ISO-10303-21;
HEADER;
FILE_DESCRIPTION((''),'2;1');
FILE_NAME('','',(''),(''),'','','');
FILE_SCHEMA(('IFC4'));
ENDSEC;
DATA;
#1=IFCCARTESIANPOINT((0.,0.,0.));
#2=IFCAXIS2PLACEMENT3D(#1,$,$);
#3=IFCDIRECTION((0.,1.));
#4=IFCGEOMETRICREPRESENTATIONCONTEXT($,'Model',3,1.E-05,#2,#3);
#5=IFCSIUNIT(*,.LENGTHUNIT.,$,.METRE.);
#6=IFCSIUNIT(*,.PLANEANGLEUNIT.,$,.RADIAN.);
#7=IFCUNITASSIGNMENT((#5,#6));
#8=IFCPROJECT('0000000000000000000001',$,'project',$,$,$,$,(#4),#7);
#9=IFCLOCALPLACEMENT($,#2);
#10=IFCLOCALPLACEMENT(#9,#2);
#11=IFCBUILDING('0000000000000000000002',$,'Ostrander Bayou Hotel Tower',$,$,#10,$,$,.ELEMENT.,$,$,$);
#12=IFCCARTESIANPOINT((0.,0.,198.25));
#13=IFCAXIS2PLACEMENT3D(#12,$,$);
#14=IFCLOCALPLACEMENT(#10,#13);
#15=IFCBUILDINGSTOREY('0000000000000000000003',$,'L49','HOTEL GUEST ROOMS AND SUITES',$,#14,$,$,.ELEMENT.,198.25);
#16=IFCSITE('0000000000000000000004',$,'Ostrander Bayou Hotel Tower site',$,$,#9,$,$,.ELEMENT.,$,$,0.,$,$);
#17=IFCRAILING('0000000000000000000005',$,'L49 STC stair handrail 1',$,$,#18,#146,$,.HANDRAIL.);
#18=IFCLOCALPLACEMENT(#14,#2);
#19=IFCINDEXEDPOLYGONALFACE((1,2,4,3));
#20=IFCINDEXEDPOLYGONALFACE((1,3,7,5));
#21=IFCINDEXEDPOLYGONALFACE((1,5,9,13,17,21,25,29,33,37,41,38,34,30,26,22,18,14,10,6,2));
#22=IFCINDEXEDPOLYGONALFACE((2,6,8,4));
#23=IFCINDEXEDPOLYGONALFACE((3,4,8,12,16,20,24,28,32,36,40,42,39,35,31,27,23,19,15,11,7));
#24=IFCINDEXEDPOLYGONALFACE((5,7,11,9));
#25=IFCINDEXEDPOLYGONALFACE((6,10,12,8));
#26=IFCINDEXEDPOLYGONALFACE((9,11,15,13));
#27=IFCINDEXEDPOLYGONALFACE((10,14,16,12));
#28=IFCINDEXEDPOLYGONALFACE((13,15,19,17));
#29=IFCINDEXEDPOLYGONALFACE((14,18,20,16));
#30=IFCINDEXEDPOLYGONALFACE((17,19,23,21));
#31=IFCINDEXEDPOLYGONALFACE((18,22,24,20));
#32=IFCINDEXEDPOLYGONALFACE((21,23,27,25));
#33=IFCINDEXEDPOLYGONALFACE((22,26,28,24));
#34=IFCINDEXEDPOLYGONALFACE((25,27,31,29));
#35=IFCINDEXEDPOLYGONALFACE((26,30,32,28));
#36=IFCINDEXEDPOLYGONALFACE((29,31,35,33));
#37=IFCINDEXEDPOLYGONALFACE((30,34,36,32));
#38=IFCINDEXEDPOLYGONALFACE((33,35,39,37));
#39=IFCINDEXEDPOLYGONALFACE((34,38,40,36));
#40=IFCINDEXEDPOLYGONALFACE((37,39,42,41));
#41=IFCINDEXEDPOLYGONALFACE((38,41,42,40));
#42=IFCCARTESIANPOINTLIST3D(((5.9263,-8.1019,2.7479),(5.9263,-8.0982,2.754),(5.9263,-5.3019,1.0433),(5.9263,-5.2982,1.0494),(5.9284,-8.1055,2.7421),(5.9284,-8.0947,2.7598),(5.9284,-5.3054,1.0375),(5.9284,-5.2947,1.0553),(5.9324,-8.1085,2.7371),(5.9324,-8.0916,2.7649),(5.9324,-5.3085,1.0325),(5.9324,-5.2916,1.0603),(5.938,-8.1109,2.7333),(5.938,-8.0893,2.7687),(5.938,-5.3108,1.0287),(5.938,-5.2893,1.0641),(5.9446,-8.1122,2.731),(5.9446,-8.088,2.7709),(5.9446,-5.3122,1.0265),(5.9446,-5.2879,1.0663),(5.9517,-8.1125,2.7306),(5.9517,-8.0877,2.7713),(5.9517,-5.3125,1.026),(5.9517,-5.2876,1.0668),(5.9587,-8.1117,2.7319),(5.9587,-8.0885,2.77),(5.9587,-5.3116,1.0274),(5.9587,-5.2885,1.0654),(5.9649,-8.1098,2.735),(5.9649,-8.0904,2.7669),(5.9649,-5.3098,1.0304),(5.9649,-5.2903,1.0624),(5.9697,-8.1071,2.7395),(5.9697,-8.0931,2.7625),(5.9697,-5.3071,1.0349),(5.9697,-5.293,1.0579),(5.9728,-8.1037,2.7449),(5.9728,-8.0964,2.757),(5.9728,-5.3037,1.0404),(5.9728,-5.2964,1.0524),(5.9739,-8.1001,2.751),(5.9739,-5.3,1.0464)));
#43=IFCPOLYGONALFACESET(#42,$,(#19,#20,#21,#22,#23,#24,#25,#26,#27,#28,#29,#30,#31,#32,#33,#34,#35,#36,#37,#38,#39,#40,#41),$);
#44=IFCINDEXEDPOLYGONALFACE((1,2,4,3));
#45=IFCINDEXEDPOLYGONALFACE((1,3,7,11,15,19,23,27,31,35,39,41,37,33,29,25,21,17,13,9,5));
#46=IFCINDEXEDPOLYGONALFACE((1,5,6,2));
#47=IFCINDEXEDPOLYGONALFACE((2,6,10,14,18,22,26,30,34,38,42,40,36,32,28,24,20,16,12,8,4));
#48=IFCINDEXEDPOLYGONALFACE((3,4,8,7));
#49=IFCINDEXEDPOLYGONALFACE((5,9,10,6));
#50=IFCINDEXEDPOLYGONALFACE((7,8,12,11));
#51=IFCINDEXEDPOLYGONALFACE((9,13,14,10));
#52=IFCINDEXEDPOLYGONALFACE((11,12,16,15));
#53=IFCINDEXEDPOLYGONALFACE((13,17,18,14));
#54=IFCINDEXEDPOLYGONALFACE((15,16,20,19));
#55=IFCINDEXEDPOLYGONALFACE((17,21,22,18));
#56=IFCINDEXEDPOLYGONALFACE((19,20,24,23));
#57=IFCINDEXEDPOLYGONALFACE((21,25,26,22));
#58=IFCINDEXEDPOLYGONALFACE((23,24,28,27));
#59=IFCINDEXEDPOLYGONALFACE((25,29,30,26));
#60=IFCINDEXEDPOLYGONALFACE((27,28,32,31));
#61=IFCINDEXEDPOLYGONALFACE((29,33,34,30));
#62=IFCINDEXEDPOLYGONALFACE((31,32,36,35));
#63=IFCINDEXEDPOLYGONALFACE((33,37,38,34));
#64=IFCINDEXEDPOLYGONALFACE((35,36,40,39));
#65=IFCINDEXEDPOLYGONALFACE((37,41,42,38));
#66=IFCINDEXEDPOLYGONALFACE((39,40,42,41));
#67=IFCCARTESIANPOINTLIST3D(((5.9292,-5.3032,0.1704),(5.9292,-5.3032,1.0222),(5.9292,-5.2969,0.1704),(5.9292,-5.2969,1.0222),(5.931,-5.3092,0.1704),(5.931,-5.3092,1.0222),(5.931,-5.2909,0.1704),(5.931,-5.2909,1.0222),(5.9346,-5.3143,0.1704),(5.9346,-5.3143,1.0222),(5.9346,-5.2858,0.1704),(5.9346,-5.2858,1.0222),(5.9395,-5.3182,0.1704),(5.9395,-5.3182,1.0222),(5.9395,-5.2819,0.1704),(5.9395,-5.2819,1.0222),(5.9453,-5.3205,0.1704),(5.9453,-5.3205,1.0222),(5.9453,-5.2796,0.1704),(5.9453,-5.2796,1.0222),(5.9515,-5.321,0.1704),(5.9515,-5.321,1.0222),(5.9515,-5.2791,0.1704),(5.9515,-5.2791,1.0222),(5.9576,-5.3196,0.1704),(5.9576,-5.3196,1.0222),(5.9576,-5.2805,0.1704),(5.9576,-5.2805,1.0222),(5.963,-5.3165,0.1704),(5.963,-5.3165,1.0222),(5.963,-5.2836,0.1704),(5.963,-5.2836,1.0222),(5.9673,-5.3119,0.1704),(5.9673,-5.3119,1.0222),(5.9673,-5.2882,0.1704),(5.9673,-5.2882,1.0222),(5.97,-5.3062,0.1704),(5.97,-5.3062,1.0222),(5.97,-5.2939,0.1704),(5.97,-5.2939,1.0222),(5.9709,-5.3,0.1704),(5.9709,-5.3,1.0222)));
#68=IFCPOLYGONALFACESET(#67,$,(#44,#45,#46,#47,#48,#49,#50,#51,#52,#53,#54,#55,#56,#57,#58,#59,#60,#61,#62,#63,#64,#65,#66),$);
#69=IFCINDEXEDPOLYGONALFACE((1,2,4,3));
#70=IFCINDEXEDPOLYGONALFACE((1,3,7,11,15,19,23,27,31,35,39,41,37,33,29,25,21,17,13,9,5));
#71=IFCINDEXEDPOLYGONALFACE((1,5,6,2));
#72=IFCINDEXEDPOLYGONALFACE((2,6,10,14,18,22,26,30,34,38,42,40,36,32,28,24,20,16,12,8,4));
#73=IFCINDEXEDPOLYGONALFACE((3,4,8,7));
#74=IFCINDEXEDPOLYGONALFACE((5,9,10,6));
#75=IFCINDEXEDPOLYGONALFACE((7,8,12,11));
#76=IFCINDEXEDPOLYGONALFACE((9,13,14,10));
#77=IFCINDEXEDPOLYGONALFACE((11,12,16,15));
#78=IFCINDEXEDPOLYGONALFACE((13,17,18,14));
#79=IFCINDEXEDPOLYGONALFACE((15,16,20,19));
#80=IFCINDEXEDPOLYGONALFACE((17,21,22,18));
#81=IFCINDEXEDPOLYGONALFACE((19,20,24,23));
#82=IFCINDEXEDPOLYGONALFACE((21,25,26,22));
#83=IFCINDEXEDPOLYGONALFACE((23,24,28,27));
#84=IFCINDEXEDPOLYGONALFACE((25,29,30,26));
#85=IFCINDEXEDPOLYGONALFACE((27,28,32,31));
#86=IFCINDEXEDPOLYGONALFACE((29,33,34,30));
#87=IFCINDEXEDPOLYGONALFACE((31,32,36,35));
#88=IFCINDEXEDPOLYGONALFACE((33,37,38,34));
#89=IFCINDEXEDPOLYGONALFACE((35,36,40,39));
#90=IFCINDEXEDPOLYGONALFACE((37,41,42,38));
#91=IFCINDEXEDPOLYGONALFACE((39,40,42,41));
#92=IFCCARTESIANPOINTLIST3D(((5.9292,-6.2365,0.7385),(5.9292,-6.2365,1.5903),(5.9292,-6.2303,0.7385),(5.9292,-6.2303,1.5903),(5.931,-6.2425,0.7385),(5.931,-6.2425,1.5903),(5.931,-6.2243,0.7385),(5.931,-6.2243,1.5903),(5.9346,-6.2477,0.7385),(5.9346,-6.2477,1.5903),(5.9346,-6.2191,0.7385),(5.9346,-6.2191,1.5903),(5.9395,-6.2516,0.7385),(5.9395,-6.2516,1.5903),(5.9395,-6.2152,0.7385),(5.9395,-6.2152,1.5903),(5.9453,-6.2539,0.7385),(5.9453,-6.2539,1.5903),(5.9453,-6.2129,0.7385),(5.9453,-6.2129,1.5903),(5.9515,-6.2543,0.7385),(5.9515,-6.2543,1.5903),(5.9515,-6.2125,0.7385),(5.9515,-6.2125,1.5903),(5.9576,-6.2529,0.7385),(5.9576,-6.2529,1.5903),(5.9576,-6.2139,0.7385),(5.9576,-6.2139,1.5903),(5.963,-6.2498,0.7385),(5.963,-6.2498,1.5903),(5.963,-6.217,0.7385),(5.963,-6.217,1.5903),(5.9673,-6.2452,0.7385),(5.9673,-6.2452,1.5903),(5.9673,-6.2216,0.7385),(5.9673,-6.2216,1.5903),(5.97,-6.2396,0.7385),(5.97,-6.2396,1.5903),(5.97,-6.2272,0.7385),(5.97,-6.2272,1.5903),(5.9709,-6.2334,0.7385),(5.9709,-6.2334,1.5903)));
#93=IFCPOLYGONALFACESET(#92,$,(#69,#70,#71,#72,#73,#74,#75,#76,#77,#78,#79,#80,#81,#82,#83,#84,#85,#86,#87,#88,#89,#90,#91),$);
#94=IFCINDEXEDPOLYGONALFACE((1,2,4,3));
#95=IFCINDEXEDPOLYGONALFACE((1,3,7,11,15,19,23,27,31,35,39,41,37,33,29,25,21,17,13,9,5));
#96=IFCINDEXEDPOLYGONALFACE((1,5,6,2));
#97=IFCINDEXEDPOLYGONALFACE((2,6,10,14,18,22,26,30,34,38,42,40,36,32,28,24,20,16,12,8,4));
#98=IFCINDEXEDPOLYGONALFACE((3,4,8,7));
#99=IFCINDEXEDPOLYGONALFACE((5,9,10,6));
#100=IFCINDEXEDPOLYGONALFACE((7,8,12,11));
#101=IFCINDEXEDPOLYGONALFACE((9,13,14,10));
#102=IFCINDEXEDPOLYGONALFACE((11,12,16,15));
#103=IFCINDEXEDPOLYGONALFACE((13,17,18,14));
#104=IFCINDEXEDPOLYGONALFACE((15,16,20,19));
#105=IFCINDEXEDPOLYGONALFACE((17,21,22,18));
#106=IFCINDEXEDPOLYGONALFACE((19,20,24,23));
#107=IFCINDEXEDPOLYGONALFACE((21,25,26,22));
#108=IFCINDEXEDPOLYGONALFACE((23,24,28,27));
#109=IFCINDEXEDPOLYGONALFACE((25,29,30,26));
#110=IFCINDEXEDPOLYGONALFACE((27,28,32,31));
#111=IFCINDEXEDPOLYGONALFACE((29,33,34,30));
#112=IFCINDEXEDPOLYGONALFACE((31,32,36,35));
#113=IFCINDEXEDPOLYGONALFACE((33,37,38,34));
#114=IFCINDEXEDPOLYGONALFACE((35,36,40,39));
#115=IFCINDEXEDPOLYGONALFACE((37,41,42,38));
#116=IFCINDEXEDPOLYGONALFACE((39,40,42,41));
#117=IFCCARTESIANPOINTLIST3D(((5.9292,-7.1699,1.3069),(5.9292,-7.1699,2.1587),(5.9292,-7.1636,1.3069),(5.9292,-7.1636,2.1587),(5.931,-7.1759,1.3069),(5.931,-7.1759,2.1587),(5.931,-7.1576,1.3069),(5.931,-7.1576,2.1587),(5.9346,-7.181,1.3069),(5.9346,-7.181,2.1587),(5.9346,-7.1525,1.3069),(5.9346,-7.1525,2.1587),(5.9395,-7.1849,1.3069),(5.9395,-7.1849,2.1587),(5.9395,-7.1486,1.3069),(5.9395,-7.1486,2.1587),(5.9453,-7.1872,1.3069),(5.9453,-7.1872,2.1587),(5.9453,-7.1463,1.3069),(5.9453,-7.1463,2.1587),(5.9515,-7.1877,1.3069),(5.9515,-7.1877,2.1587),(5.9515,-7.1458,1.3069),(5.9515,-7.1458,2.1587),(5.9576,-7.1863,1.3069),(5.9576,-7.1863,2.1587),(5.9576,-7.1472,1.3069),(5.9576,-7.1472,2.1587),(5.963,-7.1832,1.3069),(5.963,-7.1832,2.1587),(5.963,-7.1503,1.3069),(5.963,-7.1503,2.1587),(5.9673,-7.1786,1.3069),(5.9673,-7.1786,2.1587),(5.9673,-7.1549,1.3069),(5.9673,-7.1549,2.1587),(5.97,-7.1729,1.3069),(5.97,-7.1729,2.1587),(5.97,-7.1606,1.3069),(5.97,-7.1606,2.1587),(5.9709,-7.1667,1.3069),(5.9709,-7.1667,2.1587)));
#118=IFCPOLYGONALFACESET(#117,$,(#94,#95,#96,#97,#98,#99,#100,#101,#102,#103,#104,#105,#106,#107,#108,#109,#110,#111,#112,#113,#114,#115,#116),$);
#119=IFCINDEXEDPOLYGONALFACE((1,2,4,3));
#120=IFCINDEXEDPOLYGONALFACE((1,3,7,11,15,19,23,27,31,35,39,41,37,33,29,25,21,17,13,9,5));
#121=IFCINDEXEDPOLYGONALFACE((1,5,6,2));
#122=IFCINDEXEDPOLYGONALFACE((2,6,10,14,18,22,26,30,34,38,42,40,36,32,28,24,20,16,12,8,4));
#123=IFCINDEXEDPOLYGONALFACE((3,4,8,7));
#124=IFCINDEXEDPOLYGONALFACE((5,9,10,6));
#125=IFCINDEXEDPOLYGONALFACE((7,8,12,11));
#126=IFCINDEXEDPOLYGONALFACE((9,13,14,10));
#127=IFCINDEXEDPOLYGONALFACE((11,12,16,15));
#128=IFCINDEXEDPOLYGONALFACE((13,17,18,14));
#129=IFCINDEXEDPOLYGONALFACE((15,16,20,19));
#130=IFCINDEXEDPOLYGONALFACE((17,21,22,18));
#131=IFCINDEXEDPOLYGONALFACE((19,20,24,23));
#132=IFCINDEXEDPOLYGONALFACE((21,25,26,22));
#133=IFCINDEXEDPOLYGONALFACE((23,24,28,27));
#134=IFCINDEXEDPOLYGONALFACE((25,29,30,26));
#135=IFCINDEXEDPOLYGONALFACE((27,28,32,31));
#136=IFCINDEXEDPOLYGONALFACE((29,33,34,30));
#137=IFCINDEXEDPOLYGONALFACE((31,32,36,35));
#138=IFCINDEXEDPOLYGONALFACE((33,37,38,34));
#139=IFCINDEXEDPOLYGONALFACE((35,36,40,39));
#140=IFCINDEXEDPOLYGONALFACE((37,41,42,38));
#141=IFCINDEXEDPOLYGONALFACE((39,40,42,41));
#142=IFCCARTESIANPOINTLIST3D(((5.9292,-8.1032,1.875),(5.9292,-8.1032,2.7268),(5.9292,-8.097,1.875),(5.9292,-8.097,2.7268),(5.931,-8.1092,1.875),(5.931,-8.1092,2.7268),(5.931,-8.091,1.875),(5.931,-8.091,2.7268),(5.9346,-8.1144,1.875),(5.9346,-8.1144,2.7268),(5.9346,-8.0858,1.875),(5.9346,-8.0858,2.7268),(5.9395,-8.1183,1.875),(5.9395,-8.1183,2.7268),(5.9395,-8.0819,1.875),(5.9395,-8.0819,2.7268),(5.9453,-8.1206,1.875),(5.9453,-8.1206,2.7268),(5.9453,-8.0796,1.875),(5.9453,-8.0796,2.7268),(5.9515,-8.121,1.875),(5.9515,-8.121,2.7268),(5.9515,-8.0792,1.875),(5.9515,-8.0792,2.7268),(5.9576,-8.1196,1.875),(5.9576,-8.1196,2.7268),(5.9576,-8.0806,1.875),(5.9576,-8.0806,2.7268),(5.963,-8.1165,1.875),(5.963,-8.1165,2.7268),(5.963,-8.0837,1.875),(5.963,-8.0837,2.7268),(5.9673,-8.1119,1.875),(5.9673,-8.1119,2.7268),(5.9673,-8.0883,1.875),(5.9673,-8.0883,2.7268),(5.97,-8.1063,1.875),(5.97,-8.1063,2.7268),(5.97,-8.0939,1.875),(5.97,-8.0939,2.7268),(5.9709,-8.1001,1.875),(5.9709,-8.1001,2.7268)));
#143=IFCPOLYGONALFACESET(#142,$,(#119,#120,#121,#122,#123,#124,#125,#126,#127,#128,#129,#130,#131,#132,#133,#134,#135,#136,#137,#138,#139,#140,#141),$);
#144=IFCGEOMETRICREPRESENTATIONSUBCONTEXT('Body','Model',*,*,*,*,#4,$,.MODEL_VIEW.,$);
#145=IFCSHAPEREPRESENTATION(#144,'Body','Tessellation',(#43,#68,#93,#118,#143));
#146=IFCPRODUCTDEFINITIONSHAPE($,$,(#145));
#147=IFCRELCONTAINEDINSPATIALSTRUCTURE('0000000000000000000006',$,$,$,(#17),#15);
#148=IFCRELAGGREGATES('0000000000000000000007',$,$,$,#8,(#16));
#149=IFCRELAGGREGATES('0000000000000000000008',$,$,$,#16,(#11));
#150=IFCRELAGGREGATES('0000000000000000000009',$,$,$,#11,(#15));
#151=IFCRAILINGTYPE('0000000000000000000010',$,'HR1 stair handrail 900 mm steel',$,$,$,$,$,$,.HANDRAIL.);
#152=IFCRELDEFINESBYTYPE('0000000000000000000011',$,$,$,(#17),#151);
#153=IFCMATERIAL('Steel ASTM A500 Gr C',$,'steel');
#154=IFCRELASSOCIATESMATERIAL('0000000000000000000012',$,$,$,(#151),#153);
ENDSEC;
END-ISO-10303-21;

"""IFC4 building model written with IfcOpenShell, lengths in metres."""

from ifc_helpers import new_model, si_unit, direction, frame, origin, origin_2d, place, context, subcontext, project, spatial, circle, extrude, material, type_object, element, save


model = new_model("IFC4")

# Units and contexts
model_context = context("Model", 3, precision=1e-05, world=origin(), true_north=direction((0.0, 1.0)))
body_context = subcontext(model_context, "Body", "Model", "MODEL_VIEW")
ifc_project = project(units=[si_unit("LENGTHUNIT", "METRE"), si_unit("PLANEANGLEUNIT", "RADIAN")], contexts=[model_context])

# Site, building, storey
site_placement = place(None, origin())
site = spatial("IfcSite", under=ifc_project, at=site_placement, Name="Ostrander Bayou Hotel Tower site", CompositionType="ELEMENT", RefElevation=0.0)
building_placement = place(site_placement, origin())
building = spatial("IfcBuilding", under=site, at=building_placement, Name="Ostrander Bayou Hotel Tower", CompositionType="ELEMENT")
storey_placement = place(building_placement, frame((0.0, 0.0, 198.25)))
storey = spatial("IfcBuildingStorey", under=building, at=storey_placement, Name="L49", Description="HOTEL GUEST ROOMS AND SUITES", CompositionType="ELEMENT", Elevation=198.25)

# Railing
ifc_material_1 = material(Name="Steel ASTM A500 Gr C", Category="steel")
railing_type_1 = type_object("IfcRailingType", Name="HR1 stair handrail 900 mm steel", PredefinedType="HANDRAIL", material=ifc_material_1)
railing_1_placement = place(storey_placement, frame((5.95, -5.3, 0.1704)))
element("IfcRailing", 1, at=railing_1_placement, inside=storey, type_object=railing_type_1, Name="L49 STC stair handrail 1", PredefinedType="HANDRAIL", context=body_context, shape_type="SweptSolid", body=[
    extrude(circle(Radius=0.0239, at=origin_2d()), frame((0.0, 0.0, 0.876), z_axis=(0.0, -0.85417, 0.519994), x_axis=(1.0, 0.0, 0.0)), (0.0, 0.0, 1.0), 3.2781),
    extrude(circle(Radius=0.021, at=origin_2d()), origin(), (0.0, 0.0, 1.0), 0.8518),
    extrude(circle(Radius=0.021, at=origin_2d()), frame((0.0, -0.9333, 0.5681)), (0.0, 0.0, 1.0), 0.8518),
    extrude(circle(Radius=0.021, at=origin_2d()), frame((0.0, -1.8667, 1.1365)), (0.0, 0.0, 1.0), 0.8518),
    extrude(circle(Radius=0.021, at=origin_2d()), frame((0.0, -2.8, 1.7046)), (0.0, 0.0, 1.0), 0.8518),
])

save(model, "model.ifc")
